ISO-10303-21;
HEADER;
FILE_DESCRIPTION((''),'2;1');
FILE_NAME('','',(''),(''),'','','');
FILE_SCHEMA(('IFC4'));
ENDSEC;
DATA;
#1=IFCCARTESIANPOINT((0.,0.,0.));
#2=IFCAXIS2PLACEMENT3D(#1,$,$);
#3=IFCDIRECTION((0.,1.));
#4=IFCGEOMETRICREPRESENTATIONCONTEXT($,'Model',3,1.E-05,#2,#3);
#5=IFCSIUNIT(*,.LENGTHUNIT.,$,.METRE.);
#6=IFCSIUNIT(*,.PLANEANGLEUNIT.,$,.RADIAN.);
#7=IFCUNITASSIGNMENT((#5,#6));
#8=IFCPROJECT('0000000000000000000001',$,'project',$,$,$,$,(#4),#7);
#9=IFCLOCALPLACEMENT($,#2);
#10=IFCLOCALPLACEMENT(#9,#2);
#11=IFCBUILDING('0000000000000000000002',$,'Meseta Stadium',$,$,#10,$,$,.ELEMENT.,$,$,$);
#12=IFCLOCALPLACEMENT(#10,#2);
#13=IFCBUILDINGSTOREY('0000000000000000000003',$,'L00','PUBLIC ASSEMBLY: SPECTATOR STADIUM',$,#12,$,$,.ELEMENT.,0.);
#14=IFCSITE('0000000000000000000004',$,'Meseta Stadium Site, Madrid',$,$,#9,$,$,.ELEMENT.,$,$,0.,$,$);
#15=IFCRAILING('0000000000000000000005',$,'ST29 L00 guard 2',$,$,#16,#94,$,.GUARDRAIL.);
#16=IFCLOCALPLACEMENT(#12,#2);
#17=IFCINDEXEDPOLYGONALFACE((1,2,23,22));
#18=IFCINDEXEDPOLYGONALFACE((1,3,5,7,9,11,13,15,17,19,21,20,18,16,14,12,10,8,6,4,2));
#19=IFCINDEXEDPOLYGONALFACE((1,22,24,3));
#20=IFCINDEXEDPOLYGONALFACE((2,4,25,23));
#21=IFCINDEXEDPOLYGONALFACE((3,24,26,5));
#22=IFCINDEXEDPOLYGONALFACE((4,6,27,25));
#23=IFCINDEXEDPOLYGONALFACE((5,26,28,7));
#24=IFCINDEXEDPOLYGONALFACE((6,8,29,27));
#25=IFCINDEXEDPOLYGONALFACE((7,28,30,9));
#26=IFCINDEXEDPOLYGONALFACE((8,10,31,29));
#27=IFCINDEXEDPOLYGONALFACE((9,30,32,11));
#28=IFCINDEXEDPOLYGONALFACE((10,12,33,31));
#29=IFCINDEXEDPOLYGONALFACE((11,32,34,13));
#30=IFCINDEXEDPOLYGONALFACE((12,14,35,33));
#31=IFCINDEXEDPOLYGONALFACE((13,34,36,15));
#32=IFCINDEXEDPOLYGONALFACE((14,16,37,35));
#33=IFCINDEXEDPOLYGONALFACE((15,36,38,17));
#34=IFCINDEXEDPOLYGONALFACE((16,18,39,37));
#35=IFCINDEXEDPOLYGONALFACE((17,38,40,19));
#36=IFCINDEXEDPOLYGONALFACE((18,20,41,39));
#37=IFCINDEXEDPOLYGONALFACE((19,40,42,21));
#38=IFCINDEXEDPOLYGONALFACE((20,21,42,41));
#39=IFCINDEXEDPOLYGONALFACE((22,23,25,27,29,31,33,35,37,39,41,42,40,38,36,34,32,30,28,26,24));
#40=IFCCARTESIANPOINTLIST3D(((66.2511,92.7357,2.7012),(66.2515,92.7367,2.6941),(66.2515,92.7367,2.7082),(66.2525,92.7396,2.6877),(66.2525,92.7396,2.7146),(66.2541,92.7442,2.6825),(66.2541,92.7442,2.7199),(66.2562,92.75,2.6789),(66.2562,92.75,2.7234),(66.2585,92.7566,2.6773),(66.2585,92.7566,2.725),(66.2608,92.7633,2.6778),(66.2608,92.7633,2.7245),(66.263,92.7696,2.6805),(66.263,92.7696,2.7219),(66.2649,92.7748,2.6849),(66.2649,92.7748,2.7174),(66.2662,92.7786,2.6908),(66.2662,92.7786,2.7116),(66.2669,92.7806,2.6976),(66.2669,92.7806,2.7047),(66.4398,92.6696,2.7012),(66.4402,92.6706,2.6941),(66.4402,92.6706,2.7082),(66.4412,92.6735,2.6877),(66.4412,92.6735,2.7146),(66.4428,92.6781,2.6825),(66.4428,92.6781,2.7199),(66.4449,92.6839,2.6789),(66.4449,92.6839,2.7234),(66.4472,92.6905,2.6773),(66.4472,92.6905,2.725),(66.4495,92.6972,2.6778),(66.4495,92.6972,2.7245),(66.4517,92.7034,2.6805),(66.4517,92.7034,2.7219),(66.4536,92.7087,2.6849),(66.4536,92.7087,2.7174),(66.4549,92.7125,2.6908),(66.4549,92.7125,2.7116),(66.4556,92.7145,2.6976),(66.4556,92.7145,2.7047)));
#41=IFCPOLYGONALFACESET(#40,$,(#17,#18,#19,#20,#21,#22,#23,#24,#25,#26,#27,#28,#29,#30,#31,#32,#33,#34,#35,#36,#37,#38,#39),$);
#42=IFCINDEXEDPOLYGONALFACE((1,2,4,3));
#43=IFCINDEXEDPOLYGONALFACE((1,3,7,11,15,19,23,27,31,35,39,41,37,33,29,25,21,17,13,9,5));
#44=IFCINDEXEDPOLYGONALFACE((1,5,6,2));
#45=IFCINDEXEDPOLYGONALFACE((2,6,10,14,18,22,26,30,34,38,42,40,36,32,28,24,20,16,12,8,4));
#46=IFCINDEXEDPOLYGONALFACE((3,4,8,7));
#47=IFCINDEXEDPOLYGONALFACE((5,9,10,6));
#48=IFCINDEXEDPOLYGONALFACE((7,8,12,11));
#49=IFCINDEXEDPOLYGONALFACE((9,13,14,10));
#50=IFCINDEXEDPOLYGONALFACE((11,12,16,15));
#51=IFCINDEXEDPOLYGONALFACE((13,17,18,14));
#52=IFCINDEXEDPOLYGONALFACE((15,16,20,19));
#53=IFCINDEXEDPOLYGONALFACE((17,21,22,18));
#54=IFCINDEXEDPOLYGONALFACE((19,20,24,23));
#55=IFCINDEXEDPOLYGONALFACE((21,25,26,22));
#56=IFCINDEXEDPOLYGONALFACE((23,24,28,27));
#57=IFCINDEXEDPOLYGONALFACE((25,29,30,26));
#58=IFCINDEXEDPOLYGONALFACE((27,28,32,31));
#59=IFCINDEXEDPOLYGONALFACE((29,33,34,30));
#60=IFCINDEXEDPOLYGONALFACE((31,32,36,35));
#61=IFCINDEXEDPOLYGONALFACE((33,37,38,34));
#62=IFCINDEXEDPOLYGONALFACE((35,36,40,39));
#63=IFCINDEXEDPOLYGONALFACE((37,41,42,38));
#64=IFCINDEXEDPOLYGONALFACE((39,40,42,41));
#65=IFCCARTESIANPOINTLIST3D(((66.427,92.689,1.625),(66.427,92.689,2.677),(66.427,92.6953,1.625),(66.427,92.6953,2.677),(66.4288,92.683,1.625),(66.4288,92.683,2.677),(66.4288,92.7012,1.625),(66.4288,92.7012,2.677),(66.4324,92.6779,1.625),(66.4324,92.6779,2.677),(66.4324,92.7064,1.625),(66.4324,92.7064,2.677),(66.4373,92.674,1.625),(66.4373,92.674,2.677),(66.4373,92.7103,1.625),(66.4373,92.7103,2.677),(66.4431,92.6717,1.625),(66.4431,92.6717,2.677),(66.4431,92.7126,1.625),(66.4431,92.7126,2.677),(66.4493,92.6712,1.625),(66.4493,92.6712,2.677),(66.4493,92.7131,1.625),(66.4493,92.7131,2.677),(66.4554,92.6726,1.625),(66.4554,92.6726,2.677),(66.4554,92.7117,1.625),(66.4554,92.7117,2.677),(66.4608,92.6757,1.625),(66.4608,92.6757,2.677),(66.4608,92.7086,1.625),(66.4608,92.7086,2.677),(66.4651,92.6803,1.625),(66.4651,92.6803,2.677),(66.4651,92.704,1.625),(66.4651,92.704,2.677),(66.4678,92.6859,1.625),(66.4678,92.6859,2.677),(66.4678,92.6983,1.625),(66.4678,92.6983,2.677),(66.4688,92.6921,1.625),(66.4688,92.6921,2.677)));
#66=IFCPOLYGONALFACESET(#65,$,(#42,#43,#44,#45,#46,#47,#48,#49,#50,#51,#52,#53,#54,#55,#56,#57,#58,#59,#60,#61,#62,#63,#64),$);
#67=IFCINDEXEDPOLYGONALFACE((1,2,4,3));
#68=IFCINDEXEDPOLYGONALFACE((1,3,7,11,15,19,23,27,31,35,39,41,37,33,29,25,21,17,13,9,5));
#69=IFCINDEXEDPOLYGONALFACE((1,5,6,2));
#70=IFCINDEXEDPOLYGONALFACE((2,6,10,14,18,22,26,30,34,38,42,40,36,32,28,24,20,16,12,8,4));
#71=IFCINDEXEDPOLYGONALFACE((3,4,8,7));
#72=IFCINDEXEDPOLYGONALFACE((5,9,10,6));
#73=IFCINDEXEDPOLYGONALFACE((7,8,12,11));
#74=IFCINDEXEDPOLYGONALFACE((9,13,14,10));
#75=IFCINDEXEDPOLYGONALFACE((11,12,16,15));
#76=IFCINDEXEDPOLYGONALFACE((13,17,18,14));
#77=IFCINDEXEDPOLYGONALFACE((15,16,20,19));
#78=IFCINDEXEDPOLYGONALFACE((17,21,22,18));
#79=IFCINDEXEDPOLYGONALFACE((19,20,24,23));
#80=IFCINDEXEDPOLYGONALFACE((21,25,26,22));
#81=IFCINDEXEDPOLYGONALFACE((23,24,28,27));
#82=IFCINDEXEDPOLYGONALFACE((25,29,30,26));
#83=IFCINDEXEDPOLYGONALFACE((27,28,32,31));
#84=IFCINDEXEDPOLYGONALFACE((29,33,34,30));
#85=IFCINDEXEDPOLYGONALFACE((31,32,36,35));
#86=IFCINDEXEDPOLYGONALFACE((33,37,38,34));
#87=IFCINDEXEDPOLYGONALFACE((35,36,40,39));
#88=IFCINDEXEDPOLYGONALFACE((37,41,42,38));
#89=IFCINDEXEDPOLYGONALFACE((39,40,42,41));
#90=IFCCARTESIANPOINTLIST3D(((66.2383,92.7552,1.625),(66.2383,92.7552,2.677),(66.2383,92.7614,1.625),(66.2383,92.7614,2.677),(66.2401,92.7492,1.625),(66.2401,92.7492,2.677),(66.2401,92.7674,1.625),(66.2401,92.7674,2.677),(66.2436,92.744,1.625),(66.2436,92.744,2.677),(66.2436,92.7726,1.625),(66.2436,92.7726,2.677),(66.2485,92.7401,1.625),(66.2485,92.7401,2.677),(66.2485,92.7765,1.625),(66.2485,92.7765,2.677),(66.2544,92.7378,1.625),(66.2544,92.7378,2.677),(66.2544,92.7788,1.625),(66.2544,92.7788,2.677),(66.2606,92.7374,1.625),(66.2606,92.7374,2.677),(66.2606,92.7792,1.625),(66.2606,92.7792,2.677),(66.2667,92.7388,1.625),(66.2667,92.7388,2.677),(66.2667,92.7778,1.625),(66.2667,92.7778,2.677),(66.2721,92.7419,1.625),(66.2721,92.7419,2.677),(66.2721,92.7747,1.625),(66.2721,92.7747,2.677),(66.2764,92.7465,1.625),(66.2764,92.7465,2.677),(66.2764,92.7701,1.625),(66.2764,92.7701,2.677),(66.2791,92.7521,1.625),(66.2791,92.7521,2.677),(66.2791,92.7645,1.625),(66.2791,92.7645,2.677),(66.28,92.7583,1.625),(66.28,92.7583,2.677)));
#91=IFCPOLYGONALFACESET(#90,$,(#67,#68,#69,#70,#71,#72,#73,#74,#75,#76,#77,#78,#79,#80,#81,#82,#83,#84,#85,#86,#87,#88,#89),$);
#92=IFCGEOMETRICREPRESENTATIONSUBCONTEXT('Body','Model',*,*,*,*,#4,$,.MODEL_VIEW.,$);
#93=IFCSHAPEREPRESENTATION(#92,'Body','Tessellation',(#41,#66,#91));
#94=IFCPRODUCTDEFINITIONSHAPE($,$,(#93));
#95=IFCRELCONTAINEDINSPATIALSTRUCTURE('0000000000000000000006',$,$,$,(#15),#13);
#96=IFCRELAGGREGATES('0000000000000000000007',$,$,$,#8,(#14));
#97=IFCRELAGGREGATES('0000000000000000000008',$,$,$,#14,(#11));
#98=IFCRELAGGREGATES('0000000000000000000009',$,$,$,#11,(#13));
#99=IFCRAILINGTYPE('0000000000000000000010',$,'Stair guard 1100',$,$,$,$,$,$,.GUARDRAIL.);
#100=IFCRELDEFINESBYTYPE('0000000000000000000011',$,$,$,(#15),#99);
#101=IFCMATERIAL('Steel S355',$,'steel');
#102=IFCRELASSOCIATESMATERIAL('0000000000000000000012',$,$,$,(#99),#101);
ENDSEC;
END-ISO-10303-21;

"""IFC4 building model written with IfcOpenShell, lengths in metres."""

from ifc_helpers import new_model, si_unit, direction, frame, origin, origin_2d, place, context, subcontext, project, spatial, circle, extrude, material, type_object, element, save


model = new_model("IFC4")

# Units and contexts
model_context = context("Model", 3, precision=1e-05, world=origin(), true_north=direction((0.0, 1.0)))
body_context = subcontext(model_context, "Body", "Model", "MODEL_VIEW")
ifc_project = project(units=[si_unit("LENGTHUNIT", "METRE"), si_unit("PLANEANGLEUNIT", "RADIAN")], contexts=[model_context])

# Site, building, storey
site_placement = place(None, origin())
site = spatial("IfcSite", under=ifc_project, at=site_placement, Name="Meseta Stadium Site, Madrid", CompositionType="ELEMENT", RefElevation=0.0)
building_placement = place(site_placement, origin())
building = spatial("IfcBuilding", under=site, at=building_placement, Name="Meseta Stadium", CompositionType="ELEMENT")
storey_placement = place(building_placement, origin())
storey = spatial("IfcBuildingStorey", under=building, at=storey_placement, Name="L00", Description="PUBLIC ASSEMBLY: SPECTATOR STADIUM", CompositionType="ELEMENT", Elevation=0.0)

# Railing
ifc_material_1 = material(Name="Steel S355", Category="steel")
railing_type_1 = type_object("IfcRailingType", Name="Stair guard 1100", PredefinedType="GUARDRAIL", material=ifc_material_1)
railing_1_placement = place(storey_placement, frame((66.4478, 92.6921, 1.625)))
element("IfcRailing", 1, at=railing_1_placement, inside=storey, type_object=railing_type_1, Name="ST29 L00 guard 2", PredefinedType="GUARDRAIL", context=body_context, shape_type="SweptSolid", body=[
    extrude(circle(Radius=0.0239, at=origin_2d()), frame((0.0, 0.0, 1.0762), z_axis=(-0.943687, 0.33084, 0.0), x_axis=(-0.33084, -0.943687, 0.0)), (0.0, 0.0, 1.0), 0.2),
    extrude(circle(Radius=0.021, at=origin_2d()), origin(), (0.0, 0.0, 1.0), 1.052),
    extrude(circle(Radius=0.021, at=origin_2d()), frame((-0.1887, 0.0662, 0.0)), (0.0, 0.0, 1.0), 1.052),
])

save(model, "model.ifc")
